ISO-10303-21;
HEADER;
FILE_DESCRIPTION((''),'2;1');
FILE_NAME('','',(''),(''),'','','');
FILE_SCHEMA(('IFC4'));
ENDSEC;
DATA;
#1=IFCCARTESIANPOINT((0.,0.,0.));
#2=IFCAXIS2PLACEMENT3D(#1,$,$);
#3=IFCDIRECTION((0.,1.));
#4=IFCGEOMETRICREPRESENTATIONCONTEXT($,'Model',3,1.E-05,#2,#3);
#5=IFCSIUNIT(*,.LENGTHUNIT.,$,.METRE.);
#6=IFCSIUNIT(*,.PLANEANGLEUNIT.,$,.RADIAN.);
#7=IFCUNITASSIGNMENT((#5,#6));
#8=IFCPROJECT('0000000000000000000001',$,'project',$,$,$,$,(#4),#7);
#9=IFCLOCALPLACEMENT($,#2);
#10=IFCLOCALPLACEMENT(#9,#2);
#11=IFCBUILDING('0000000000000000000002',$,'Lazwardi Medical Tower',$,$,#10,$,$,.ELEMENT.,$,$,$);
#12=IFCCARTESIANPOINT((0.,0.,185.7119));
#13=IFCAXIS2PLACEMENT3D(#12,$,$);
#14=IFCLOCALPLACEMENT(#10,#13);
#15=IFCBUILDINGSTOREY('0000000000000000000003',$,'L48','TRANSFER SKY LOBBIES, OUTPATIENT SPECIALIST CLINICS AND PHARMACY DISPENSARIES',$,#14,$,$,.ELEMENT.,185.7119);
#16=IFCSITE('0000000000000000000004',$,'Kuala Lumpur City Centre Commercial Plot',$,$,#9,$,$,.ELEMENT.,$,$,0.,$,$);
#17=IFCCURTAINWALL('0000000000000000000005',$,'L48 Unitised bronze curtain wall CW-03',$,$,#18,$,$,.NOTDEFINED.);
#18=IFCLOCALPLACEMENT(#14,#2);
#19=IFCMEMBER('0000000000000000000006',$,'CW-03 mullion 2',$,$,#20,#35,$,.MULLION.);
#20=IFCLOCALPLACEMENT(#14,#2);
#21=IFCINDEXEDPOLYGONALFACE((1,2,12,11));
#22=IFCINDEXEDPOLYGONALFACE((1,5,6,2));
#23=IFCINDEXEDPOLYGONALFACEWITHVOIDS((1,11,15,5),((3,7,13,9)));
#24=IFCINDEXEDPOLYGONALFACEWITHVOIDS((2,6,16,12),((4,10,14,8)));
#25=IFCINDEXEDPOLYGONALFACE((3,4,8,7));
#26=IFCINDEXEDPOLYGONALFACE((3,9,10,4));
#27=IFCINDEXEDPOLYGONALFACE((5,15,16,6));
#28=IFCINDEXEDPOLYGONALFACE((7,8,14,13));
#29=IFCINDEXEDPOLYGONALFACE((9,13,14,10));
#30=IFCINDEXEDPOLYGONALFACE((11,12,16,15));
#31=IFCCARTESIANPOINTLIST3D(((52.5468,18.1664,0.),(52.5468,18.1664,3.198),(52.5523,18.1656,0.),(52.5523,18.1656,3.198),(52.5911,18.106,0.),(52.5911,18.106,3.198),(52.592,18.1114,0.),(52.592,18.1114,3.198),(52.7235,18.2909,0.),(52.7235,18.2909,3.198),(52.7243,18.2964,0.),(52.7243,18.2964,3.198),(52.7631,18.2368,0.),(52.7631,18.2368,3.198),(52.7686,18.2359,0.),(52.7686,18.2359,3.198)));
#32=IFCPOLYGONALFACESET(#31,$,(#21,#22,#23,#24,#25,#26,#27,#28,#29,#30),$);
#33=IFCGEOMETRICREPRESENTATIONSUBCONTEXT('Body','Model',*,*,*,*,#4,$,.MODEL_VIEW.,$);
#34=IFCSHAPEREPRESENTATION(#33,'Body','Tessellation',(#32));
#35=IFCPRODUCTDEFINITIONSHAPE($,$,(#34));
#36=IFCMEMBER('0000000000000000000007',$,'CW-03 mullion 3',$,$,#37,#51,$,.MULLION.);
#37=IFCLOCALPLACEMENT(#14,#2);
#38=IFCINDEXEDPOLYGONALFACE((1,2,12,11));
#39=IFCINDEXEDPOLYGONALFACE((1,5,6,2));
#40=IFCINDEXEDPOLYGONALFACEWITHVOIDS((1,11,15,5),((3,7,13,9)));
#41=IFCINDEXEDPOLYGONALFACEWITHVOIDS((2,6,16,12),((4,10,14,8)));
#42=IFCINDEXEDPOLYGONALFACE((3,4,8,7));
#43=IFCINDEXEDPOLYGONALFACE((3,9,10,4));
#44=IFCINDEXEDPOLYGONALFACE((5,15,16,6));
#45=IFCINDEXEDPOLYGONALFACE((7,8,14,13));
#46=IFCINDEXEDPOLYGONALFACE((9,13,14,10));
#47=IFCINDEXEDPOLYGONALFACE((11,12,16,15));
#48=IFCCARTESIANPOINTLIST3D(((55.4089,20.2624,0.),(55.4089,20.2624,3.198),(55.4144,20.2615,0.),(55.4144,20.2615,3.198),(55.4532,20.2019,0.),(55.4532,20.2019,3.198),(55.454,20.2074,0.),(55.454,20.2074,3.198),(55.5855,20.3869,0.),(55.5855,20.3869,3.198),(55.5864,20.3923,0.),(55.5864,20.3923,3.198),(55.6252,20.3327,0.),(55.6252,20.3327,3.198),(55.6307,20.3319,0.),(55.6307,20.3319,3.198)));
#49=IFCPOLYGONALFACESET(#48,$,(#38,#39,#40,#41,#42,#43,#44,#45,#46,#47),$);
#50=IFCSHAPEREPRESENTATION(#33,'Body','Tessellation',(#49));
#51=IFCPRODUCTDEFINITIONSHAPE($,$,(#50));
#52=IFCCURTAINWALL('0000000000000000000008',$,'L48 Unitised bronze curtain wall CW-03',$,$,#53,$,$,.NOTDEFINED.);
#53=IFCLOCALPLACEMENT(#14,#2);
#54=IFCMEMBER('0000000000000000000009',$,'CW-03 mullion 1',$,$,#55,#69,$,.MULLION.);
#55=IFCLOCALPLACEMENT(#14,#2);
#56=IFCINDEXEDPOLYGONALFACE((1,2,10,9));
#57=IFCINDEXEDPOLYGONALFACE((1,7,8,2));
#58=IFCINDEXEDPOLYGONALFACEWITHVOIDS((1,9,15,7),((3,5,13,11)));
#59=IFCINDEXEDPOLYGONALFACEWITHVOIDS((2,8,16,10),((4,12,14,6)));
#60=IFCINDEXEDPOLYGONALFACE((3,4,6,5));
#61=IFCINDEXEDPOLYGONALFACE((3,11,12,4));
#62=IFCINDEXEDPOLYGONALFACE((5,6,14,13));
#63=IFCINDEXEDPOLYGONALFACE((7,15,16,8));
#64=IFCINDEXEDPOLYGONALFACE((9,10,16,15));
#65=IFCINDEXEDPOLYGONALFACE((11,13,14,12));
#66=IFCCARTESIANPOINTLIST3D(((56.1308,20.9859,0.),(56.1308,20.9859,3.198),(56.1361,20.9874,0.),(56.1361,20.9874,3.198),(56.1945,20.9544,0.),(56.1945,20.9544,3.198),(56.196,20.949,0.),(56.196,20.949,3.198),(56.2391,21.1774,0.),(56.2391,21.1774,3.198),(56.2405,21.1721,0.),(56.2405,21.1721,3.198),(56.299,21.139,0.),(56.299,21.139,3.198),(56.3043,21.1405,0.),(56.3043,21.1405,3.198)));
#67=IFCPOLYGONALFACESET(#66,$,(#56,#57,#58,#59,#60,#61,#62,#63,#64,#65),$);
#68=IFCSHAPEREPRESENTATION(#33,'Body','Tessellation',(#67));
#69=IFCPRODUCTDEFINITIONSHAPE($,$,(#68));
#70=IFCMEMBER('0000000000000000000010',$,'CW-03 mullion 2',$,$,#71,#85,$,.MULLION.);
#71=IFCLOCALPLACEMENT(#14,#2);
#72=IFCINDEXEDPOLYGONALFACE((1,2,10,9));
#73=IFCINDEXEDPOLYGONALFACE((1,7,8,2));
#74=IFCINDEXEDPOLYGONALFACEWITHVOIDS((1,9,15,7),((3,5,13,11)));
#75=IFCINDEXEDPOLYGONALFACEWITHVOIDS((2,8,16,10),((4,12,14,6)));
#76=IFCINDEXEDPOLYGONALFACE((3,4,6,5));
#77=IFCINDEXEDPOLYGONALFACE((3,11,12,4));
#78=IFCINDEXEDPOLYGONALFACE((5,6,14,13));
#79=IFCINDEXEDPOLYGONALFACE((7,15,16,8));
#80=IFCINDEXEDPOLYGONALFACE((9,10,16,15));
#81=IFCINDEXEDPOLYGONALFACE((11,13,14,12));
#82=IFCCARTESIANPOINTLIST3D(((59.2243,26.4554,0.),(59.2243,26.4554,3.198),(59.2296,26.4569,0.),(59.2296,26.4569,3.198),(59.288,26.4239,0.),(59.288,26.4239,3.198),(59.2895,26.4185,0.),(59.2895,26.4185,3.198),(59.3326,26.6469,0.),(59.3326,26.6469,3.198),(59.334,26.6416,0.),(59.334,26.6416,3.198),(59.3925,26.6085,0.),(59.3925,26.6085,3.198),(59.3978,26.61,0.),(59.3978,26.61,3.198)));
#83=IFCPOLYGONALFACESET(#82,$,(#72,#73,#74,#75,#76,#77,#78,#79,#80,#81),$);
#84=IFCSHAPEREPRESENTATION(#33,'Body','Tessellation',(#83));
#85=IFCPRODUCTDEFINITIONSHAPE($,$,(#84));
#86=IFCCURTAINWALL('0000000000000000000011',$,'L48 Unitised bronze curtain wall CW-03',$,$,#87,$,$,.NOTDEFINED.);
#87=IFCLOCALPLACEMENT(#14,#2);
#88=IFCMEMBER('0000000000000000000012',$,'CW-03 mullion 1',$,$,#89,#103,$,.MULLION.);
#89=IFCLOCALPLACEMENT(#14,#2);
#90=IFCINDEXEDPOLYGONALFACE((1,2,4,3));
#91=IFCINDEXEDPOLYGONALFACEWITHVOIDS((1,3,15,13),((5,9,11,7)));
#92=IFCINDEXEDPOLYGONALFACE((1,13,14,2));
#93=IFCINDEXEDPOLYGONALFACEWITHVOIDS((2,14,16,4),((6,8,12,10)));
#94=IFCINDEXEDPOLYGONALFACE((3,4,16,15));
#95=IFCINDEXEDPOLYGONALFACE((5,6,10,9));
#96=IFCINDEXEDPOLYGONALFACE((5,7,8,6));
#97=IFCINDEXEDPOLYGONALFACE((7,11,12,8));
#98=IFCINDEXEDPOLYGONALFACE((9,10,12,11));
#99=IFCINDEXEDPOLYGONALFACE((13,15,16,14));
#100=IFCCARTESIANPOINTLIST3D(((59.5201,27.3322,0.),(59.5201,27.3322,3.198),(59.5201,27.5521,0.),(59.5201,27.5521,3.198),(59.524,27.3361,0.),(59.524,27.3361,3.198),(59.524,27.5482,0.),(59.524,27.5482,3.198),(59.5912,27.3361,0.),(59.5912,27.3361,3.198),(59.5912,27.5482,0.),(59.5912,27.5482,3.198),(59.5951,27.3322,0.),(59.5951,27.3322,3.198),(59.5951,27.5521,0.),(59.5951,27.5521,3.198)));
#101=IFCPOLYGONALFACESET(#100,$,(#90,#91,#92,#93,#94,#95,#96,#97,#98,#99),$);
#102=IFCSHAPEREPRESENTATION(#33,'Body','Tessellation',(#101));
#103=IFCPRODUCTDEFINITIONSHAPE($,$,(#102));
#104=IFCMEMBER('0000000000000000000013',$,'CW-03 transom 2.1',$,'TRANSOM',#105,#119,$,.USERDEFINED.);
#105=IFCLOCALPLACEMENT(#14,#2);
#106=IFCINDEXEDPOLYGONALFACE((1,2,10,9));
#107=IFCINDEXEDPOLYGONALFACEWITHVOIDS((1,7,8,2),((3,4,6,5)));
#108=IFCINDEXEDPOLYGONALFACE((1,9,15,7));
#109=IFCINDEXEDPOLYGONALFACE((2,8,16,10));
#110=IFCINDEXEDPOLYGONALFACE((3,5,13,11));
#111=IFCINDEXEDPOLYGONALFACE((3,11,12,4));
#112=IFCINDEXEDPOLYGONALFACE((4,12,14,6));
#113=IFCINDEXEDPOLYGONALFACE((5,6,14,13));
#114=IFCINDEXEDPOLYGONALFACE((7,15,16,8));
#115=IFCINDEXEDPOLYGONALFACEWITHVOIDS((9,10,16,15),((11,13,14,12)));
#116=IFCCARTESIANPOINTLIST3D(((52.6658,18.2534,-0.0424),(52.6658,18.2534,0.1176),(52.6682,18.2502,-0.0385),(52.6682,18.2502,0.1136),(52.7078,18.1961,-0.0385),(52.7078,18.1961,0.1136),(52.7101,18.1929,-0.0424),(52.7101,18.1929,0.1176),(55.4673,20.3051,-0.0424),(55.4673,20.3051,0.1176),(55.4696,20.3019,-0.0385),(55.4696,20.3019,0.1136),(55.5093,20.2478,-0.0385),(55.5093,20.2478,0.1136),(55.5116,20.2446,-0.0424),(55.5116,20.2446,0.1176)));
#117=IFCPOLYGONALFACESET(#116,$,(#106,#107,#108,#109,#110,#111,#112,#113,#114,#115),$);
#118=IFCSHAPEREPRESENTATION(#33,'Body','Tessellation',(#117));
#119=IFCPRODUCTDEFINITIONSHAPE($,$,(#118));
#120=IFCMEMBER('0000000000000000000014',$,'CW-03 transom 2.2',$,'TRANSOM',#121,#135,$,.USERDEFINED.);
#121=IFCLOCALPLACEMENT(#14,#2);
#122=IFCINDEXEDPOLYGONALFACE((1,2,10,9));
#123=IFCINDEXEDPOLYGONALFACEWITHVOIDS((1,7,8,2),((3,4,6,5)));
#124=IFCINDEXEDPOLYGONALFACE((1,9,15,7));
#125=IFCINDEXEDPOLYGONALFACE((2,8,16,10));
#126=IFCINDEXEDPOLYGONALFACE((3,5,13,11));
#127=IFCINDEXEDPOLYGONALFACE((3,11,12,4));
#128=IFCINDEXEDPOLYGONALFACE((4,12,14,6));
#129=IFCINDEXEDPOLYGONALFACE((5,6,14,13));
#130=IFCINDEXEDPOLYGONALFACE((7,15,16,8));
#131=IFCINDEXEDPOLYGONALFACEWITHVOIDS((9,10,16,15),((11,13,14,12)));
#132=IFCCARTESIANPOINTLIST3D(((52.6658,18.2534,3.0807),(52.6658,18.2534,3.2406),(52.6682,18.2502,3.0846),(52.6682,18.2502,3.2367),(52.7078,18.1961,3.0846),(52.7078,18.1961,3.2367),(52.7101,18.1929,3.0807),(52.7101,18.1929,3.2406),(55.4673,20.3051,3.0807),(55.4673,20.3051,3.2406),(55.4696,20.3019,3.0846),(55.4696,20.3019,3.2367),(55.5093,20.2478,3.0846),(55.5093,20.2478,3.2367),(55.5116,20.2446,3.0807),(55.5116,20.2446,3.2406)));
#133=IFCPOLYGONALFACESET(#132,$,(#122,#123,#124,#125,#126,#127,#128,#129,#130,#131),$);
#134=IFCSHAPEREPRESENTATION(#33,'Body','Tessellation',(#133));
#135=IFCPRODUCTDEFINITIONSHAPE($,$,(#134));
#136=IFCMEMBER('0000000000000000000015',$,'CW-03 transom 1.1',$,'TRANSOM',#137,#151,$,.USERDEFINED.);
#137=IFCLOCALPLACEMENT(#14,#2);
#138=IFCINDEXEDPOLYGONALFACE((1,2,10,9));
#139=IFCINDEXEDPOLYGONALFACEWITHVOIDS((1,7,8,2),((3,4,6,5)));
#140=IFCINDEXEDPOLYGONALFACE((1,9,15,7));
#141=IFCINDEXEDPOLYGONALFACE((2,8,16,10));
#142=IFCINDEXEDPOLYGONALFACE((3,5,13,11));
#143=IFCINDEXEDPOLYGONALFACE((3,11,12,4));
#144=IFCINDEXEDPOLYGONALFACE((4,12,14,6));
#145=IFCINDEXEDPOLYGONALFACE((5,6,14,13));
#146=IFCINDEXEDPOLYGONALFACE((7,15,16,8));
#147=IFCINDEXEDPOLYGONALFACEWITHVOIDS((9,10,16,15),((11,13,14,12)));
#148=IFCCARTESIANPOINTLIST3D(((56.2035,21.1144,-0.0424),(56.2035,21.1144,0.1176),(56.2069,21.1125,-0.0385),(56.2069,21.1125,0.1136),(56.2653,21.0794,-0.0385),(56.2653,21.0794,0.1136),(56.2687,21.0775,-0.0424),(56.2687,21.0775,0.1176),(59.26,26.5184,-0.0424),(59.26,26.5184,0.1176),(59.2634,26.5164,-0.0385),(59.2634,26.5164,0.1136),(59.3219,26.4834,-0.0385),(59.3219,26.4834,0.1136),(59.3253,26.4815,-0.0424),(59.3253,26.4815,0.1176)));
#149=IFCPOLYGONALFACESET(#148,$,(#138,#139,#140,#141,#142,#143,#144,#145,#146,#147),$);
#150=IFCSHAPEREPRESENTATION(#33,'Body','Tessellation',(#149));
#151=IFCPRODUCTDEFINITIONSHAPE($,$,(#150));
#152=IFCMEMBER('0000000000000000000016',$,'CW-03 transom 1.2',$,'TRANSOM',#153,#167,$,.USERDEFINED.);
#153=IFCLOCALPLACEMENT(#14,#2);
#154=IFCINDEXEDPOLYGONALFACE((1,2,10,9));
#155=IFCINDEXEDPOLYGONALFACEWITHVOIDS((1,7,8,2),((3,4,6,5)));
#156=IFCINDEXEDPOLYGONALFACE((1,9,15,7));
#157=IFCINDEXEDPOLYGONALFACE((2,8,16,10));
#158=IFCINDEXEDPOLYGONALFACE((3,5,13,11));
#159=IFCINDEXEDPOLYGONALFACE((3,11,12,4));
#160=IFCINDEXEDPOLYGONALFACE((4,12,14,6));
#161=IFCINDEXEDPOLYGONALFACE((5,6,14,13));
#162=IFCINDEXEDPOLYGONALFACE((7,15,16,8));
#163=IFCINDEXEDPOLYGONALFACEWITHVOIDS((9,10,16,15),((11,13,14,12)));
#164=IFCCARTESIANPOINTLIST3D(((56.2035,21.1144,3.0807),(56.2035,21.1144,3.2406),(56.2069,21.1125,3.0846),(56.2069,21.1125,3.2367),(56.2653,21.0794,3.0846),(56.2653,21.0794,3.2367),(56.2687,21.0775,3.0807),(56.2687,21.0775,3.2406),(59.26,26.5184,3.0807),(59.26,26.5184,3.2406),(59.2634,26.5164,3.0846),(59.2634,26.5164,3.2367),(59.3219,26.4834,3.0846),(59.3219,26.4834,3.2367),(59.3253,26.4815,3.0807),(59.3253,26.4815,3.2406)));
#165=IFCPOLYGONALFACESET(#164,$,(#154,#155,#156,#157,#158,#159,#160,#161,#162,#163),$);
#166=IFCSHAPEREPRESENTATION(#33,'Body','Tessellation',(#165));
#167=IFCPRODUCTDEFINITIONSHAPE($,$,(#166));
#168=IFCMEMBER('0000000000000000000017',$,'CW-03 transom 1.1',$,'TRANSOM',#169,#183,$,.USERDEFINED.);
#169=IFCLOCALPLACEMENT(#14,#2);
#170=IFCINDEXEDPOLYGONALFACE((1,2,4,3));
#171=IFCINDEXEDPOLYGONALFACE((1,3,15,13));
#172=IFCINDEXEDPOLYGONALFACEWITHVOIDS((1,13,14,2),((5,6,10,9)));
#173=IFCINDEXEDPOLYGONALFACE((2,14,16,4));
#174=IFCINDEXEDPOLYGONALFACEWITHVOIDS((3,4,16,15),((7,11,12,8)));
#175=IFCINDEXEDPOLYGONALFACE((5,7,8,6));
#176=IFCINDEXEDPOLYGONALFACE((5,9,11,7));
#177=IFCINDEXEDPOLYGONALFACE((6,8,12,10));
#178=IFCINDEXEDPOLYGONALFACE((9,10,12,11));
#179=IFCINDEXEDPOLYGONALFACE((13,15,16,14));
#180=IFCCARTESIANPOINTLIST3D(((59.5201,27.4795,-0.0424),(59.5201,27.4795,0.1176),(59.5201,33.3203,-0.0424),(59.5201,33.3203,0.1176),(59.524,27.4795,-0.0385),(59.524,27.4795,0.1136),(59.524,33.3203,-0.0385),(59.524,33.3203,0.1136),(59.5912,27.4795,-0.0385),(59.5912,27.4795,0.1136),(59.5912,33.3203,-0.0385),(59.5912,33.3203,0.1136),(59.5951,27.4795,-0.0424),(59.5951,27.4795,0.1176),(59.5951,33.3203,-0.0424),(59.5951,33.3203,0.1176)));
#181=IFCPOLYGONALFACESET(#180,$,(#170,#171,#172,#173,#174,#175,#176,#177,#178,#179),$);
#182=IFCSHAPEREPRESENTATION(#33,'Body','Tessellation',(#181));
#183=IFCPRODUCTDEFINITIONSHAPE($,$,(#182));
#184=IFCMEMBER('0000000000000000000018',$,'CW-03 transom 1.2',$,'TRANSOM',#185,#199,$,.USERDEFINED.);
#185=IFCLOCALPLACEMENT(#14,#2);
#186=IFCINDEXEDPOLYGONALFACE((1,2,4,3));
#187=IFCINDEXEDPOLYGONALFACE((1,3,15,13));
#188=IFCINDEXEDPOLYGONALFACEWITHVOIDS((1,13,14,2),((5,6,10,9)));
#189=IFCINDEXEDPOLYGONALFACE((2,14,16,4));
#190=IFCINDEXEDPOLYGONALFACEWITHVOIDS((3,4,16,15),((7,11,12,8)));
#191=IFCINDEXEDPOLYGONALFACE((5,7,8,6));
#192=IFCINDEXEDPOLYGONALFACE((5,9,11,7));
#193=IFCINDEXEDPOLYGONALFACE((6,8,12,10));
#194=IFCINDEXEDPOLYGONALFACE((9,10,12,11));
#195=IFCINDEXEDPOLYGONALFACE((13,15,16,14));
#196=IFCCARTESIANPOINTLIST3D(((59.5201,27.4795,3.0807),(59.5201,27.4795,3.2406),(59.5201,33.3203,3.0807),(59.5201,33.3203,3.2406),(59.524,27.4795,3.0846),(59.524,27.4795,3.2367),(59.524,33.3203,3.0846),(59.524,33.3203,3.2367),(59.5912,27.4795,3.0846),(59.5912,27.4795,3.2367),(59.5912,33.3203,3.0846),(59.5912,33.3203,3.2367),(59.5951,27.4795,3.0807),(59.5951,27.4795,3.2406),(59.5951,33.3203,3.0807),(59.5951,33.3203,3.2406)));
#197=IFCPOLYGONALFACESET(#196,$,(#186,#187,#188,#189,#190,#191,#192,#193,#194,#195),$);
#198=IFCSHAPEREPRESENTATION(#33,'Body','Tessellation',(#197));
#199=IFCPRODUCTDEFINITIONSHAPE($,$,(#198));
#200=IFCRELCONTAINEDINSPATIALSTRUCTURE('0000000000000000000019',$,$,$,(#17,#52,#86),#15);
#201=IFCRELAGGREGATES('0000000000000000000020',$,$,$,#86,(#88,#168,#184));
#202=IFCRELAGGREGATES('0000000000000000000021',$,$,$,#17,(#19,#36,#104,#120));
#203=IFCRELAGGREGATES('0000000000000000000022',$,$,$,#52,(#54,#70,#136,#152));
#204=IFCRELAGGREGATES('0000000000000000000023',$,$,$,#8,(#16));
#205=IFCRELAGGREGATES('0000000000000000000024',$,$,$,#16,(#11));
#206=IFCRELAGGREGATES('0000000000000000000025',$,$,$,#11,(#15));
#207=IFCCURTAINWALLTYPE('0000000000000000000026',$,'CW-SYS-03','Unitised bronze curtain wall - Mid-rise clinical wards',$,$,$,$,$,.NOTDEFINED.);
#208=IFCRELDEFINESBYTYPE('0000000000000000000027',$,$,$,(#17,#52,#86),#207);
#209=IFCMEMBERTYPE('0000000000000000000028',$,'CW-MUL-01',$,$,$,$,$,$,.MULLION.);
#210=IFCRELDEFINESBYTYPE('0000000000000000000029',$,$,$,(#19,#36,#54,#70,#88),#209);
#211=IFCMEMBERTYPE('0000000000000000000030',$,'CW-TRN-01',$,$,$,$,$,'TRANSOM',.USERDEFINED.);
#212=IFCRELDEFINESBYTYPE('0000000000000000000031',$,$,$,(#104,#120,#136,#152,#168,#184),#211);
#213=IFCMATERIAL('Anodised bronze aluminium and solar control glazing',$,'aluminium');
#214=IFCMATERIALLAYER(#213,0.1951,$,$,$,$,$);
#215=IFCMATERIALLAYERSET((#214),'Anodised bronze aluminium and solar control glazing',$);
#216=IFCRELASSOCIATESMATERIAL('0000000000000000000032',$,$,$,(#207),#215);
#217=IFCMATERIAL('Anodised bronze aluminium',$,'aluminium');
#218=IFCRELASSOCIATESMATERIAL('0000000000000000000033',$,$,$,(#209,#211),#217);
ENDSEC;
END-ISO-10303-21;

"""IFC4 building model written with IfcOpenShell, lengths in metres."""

from ifc_helpers import new_model, si_unit, direction, frame, origin, origin_2d, place, context, subcontext, project, spatial, hollow_rectangle, extrude, material, layer, layer_set, material_profile, profile_set, type_object, element, aggregate, save


model = new_model("IFC4")

# Units and contexts
model_context = context("Model", 3, precision=1e-05, world=origin(), true_north=direction((0.0, 1.0)))
body_context = subcontext(model_context, "Body", "Model", "MODEL_VIEW")
ifc_project = project(units=[si_unit("LENGTHUNIT", "METRE"), si_unit("PLANEANGLEUNIT", "RADIAN")], contexts=[model_context])

# Site, building, storey
site_placement = place(None, origin())
site = spatial("IfcSite", under=ifc_project, at=site_placement, Name="Kuala Lumpur City Centre Commercial Plot", CompositionType="ELEMENT", RefElevation=0.0)
building_placement = place(site_placement, origin())
building = spatial("IfcBuilding", under=site, at=building_placement, Name="Lazwardi Medical Tower", CompositionType="ELEMENT")
storey_placement = place(building_placement, frame((0.0, 0.0, 185.7119)))
storey = spatial("IfcBuildingStorey", under=building, at=storey_placement, Name="L48", Description="TRANSFER SKY LOBBIES, OUTPATIENT SPECIALIST CLINICS AND PHARMACY DISPENSARIES", CompositionType="ELEMENT", Elevation=185.7119)

# Curtain walls, members
ifc_material_1 = material(Name="Anodised bronze aluminium and solar control glazing", Category="aluminium")
ifc_layer_1 = layer(ifc_material_1, 0.1951)
ifc_layer_set_1 = layer_set([ifc_layer_1], Name="Anodised bronze aluminium and solar control glazing")
curtain_wall_type = type_object("IfcCurtainWallType", Name="CW-SYS-03", Description="Unitised bronze curtain wall - Mid-rise clinical wards", PredefinedType="NOTDEFINED", material=ifc_layer_set_1)
curtain_wall_1_placement = place(storey_placement, origin())
curtain_wall_1 = element("IfcCurtainWall", 1, at=curtain_wall_1_placement, inside=storey, type_object=curtain_wall_type, Name="L48 Unitised bronze curtain wall CW-03", PredefinedType="NOTDEFINED")
ifc_material_2 = material(Name="Anodised bronze aluminium", Category="aluminium")
ifc_material_profile_1 = material_profile(ifc_material_2, hollow_rectangle(XDim=0.075, YDim=0.22, WallThickness=0.0039, at=origin_2d()), Name="ALU-MULLION 220x75x4")
ifc_profile_set_1 = profile_set([ifc_material_profile_1], Name="Anodised bronze aluminium")
member_type_1 = type_object("IfcMemberType", Name="CW-MUL-01", PredefinedType="MULLION", material=ifc_profile_set_1)
member_1_placement = place(storey_placement, frame((52.6577, 18.2012, 0.0), z_axis=(0.0, 0.0, 1.0), x_axis=(-0.590834, 0.806793, 0.0)))
member_1 = element("IfcMember", 2, at=member_1_placement, type_object=member_type_1, Name="CW-03 mullion 2", PredefinedType="MULLION", context=body_context, shape_type="SweptSolid", body=[
    extrude(hollow_rectangle(XDim=0.075, YDim=0.22, WallThickness=0.0039, at=origin_2d()), origin(), (0.0, 0.0, 1.0), 3.198),
])
member_2_placement = place(storey_placement, frame((55.5198, 20.2971, 0.0), z_axis=(0.0, 0.0, 1.0), x_axis=(-0.590834, 0.806793, 0.0)))
member_2 = element("IfcMember", 3, at=member_2_placement, type_object=member_type_1, Name="CW-03 mullion 3", PredefinedType="MULLION", context=body_context, shape_type="SweptSolid", body=[
    extrude(hollow_rectangle(XDim=0.075, YDim=0.22, WallThickness=0.0039, at=origin_2d()), origin(), (0.0, 0.0, 1.0), 3.198),
])
curtain_wall_2_placement = place(storey_placement, origin())
curtain_wall_2 = element("IfcCurtainWall", 4, at=curtain_wall_2_placement, inside=storey, type_object=curtain_wall_type, Name="L48 Unitised bronze curtain wall CW-03", PredefinedType="NOTDEFINED")
member_3_placement = place(storey_placement, frame((56.2175, 21.0632, 0.0), z_axis=(0.0, 0.0, 1.0), x_axis=(-0.870419, 0.492312, 0.0)))
member_3 = element("IfcMember", 5, at=member_3_placement, type_object=member_type_1, Name="CW-03 mullion 1", PredefinedType="MULLION", context=body_context, shape_type="SweptSolid", body=[
    extrude(hollow_rectangle(XDim=0.075, YDim=0.22, WallThickness=0.0039, at=origin_2d()), origin(), (0.0, 0.0, 1.0), 3.198),
])
member_4_placement = place(storey_placement, frame((59.311, 26.5327, 0.0), z_axis=(0.0, 0.0, 1.0), x_axis=(-0.870419, 0.492312, 0.0)))
member_4 = element("IfcMember", 6, at=member_4_placement, type_object=member_type_1, Name="CW-03 mullion 2", PredefinedType="MULLION", context=body_context, shape_type="SweptSolid", body=[
    extrude(hollow_rectangle(XDim=0.075, YDim=0.22, WallThickness=0.0039, at=origin_2d()), origin(), (0.0, 0.0, 1.0), 3.198),
])

# Curtain wall, member
curtain_wall_3_placement = place(storey_placement, origin())
curtain_wall_3 = element("IfcCurtainWall", 7, at=curtain_wall_3_placement, inside=storey, type_object=curtain_wall_type, Name="L48 Unitised bronze curtain wall CW-03", PredefinedType="NOTDEFINED")
member_5_placement = place(storey_placement, frame((59.5576, 27.4421, 0.0), z_axis=(0.0, 0.0, 1.0), x_axis=(-1.0, 0.0, 0.0)))
member_5 = element("IfcMember", 8, at=member_5_placement, type_object=member_type_1, Name="CW-03 mullion 1", PredefinedType="MULLION", context=body_context, shape_type="SweptSolid", body=[
    extrude(hollow_rectangle(XDim=0.075, YDim=0.22, WallThickness=0.0039, at=origin_2d()), origin(), (0.0, 0.0, 1.0), 3.198),
])

# Members
ifc_material_profile_2 = material_profile(ifc_material_2, hollow_rectangle(XDim=0.075, YDim=0.1599, WallThickness=0.0039, at=origin_2d()), Name="ALU-TRANSOM 160x75x4")
ifc_profile_set_2 = profile_set([ifc_material_profile_2], Name="Anodised bronze aluminium")
member_type_2 = type_object("IfcMemberType", Name="CW-TRN-01", ElementType="TRANSOM", PredefinedType="USERDEFINED", material=ifc_profile_set_2)
member_6_placement = place(storey_placement, frame((52.688, 18.2231, 0.0376), z_axis=(0.806774, 0.590861, 0.0), x_axis=(-0.590861, 0.806774, 0.0)))
member_6 = element("IfcMember", 9, at=member_6_placement, type_object=member_type_2, Name="CW-03 transom 2.1", ObjectType="TRANSOM", PredefinedType="USERDEFINED", context=body_context, shape_type="SweptSolid", body=[
    extrude(hollow_rectangle(XDim=0.075, YDim=0.1599, WallThickness=0.0039, at=origin_2d()), origin(), (0.0, 0.0, 1.0), 3.4724),
])
member_7_placement = place(storey_placement, frame((52.688, 18.2231, 3.1606), z_axis=(0.806774, 0.590861, 0.0), x_axis=(-0.590861, 0.806774, 0.0)))
member_7 = element("IfcMember", 10, at=member_7_placement, type_object=member_type_2, Name="CW-03 transom 2.2", ObjectType="TRANSOM", PredefinedType="USERDEFINED", context=body_context, shape_type="SweptSolid", body=[
    extrude(hollow_rectangle(XDim=0.075, YDim=0.1599, WallThickness=0.0039, at=origin_2d()), origin(), (0.0, 0.0, 1.0), 3.4724),
])
member_8_placement = place(storey_placement, frame((56.2361, 21.0959, 0.0376), z_axis=(0.492323, 0.870413, 0.0), x_axis=(-0.870413, 0.492323, 0.0)))
member_8 = element("IfcMember", 11, at=member_8_placement, type_object=member_type_2, Name="CW-03 transom 1.1", ObjectType="TRANSOM", PredefinedType="USERDEFINED", context=body_context, shape_type="SweptSolid", body=[
    extrude(hollow_rectangle(XDim=0.075, YDim=0.1599, WallThickness=0.0039, at=origin_2d()), origin(), (0.0, 0.0, 1.0), 6.2085),
])
member_9_placement = place(storey_placement, frame((56.2361, 21.0959, 3.1606), z_axis=(0.492323, 0.870413, 0.0), x_axis=(-0.870413, 0.492323, 0.0)))
member_9 = element("IfcMember", 12, at=member_9_placement, type_object=member_type_2, Name="CW-03 transom 1.2", ObjectType="TRANSOM", PredefinedType="USERDEFINED", context=body_context, shape_type="SweptSolid", body=[
    extrude(hollow_rectangle(XDim=0.075, YDim=0.1599, WallThickness=0.0039, at=origin_2d()), origin(), (0.0, 0.0, 1.0), 6.2085),
])
member_10_placement = place(storey_placement, frame((59.5576, 27.4795, 0.0376), z_axis=(0.0, 1.0, 0.0), x_axis=(-1.0, 0.0, 0.0)))
member_10 = element("IfcMember", 13, at=member_10_placement, type_object=member_type_2, Name="CW-03 transom 1.1", ObjectType="TRANSOM", PredefinedType="USERDEFINED", context=body_context, shape_type="SweptSolid", body=[
    extrude(hollow_rectangle(XDim=0.075, YDim=0.1599, WallThickness=0.0039, at=origin_2d()), origin(), (0.0, 0.0, 1.0), 5.8408),
])
member_11_placement = place(storey_placement, frame((59.5576, 27.4795, 3.1606), z_axis=(0.0, 1.0, 0.0), x_axis=(-1.0, 0.0, 0.0)))
member_11 = element("IfcMember", 14, at=member_11_placement, type_object=member_type_2, Name="CW-03 transom 1.2", ObjectType="TRANSOM", PredefinedType="USERDEFINED", context=body_context, shape_type="SweptSolid", body=[
    extrude(hollow_rectangle(XDim=0.075, YDim=0.1599, WallThickness=0.0039, at=origin_2d()), origin(), (0.0, 0.0, 1.0), 5.8408),
])
aggregate(curtain_wall_3, [member_5, member_10, member_11])

aggregate(curtain_wall_1, [member_1, member_2, member_6, member_7])
aggregate(curtain_wall_2, [member_3, member_4, member_8, member_9])

save(model, "model.ifc")
